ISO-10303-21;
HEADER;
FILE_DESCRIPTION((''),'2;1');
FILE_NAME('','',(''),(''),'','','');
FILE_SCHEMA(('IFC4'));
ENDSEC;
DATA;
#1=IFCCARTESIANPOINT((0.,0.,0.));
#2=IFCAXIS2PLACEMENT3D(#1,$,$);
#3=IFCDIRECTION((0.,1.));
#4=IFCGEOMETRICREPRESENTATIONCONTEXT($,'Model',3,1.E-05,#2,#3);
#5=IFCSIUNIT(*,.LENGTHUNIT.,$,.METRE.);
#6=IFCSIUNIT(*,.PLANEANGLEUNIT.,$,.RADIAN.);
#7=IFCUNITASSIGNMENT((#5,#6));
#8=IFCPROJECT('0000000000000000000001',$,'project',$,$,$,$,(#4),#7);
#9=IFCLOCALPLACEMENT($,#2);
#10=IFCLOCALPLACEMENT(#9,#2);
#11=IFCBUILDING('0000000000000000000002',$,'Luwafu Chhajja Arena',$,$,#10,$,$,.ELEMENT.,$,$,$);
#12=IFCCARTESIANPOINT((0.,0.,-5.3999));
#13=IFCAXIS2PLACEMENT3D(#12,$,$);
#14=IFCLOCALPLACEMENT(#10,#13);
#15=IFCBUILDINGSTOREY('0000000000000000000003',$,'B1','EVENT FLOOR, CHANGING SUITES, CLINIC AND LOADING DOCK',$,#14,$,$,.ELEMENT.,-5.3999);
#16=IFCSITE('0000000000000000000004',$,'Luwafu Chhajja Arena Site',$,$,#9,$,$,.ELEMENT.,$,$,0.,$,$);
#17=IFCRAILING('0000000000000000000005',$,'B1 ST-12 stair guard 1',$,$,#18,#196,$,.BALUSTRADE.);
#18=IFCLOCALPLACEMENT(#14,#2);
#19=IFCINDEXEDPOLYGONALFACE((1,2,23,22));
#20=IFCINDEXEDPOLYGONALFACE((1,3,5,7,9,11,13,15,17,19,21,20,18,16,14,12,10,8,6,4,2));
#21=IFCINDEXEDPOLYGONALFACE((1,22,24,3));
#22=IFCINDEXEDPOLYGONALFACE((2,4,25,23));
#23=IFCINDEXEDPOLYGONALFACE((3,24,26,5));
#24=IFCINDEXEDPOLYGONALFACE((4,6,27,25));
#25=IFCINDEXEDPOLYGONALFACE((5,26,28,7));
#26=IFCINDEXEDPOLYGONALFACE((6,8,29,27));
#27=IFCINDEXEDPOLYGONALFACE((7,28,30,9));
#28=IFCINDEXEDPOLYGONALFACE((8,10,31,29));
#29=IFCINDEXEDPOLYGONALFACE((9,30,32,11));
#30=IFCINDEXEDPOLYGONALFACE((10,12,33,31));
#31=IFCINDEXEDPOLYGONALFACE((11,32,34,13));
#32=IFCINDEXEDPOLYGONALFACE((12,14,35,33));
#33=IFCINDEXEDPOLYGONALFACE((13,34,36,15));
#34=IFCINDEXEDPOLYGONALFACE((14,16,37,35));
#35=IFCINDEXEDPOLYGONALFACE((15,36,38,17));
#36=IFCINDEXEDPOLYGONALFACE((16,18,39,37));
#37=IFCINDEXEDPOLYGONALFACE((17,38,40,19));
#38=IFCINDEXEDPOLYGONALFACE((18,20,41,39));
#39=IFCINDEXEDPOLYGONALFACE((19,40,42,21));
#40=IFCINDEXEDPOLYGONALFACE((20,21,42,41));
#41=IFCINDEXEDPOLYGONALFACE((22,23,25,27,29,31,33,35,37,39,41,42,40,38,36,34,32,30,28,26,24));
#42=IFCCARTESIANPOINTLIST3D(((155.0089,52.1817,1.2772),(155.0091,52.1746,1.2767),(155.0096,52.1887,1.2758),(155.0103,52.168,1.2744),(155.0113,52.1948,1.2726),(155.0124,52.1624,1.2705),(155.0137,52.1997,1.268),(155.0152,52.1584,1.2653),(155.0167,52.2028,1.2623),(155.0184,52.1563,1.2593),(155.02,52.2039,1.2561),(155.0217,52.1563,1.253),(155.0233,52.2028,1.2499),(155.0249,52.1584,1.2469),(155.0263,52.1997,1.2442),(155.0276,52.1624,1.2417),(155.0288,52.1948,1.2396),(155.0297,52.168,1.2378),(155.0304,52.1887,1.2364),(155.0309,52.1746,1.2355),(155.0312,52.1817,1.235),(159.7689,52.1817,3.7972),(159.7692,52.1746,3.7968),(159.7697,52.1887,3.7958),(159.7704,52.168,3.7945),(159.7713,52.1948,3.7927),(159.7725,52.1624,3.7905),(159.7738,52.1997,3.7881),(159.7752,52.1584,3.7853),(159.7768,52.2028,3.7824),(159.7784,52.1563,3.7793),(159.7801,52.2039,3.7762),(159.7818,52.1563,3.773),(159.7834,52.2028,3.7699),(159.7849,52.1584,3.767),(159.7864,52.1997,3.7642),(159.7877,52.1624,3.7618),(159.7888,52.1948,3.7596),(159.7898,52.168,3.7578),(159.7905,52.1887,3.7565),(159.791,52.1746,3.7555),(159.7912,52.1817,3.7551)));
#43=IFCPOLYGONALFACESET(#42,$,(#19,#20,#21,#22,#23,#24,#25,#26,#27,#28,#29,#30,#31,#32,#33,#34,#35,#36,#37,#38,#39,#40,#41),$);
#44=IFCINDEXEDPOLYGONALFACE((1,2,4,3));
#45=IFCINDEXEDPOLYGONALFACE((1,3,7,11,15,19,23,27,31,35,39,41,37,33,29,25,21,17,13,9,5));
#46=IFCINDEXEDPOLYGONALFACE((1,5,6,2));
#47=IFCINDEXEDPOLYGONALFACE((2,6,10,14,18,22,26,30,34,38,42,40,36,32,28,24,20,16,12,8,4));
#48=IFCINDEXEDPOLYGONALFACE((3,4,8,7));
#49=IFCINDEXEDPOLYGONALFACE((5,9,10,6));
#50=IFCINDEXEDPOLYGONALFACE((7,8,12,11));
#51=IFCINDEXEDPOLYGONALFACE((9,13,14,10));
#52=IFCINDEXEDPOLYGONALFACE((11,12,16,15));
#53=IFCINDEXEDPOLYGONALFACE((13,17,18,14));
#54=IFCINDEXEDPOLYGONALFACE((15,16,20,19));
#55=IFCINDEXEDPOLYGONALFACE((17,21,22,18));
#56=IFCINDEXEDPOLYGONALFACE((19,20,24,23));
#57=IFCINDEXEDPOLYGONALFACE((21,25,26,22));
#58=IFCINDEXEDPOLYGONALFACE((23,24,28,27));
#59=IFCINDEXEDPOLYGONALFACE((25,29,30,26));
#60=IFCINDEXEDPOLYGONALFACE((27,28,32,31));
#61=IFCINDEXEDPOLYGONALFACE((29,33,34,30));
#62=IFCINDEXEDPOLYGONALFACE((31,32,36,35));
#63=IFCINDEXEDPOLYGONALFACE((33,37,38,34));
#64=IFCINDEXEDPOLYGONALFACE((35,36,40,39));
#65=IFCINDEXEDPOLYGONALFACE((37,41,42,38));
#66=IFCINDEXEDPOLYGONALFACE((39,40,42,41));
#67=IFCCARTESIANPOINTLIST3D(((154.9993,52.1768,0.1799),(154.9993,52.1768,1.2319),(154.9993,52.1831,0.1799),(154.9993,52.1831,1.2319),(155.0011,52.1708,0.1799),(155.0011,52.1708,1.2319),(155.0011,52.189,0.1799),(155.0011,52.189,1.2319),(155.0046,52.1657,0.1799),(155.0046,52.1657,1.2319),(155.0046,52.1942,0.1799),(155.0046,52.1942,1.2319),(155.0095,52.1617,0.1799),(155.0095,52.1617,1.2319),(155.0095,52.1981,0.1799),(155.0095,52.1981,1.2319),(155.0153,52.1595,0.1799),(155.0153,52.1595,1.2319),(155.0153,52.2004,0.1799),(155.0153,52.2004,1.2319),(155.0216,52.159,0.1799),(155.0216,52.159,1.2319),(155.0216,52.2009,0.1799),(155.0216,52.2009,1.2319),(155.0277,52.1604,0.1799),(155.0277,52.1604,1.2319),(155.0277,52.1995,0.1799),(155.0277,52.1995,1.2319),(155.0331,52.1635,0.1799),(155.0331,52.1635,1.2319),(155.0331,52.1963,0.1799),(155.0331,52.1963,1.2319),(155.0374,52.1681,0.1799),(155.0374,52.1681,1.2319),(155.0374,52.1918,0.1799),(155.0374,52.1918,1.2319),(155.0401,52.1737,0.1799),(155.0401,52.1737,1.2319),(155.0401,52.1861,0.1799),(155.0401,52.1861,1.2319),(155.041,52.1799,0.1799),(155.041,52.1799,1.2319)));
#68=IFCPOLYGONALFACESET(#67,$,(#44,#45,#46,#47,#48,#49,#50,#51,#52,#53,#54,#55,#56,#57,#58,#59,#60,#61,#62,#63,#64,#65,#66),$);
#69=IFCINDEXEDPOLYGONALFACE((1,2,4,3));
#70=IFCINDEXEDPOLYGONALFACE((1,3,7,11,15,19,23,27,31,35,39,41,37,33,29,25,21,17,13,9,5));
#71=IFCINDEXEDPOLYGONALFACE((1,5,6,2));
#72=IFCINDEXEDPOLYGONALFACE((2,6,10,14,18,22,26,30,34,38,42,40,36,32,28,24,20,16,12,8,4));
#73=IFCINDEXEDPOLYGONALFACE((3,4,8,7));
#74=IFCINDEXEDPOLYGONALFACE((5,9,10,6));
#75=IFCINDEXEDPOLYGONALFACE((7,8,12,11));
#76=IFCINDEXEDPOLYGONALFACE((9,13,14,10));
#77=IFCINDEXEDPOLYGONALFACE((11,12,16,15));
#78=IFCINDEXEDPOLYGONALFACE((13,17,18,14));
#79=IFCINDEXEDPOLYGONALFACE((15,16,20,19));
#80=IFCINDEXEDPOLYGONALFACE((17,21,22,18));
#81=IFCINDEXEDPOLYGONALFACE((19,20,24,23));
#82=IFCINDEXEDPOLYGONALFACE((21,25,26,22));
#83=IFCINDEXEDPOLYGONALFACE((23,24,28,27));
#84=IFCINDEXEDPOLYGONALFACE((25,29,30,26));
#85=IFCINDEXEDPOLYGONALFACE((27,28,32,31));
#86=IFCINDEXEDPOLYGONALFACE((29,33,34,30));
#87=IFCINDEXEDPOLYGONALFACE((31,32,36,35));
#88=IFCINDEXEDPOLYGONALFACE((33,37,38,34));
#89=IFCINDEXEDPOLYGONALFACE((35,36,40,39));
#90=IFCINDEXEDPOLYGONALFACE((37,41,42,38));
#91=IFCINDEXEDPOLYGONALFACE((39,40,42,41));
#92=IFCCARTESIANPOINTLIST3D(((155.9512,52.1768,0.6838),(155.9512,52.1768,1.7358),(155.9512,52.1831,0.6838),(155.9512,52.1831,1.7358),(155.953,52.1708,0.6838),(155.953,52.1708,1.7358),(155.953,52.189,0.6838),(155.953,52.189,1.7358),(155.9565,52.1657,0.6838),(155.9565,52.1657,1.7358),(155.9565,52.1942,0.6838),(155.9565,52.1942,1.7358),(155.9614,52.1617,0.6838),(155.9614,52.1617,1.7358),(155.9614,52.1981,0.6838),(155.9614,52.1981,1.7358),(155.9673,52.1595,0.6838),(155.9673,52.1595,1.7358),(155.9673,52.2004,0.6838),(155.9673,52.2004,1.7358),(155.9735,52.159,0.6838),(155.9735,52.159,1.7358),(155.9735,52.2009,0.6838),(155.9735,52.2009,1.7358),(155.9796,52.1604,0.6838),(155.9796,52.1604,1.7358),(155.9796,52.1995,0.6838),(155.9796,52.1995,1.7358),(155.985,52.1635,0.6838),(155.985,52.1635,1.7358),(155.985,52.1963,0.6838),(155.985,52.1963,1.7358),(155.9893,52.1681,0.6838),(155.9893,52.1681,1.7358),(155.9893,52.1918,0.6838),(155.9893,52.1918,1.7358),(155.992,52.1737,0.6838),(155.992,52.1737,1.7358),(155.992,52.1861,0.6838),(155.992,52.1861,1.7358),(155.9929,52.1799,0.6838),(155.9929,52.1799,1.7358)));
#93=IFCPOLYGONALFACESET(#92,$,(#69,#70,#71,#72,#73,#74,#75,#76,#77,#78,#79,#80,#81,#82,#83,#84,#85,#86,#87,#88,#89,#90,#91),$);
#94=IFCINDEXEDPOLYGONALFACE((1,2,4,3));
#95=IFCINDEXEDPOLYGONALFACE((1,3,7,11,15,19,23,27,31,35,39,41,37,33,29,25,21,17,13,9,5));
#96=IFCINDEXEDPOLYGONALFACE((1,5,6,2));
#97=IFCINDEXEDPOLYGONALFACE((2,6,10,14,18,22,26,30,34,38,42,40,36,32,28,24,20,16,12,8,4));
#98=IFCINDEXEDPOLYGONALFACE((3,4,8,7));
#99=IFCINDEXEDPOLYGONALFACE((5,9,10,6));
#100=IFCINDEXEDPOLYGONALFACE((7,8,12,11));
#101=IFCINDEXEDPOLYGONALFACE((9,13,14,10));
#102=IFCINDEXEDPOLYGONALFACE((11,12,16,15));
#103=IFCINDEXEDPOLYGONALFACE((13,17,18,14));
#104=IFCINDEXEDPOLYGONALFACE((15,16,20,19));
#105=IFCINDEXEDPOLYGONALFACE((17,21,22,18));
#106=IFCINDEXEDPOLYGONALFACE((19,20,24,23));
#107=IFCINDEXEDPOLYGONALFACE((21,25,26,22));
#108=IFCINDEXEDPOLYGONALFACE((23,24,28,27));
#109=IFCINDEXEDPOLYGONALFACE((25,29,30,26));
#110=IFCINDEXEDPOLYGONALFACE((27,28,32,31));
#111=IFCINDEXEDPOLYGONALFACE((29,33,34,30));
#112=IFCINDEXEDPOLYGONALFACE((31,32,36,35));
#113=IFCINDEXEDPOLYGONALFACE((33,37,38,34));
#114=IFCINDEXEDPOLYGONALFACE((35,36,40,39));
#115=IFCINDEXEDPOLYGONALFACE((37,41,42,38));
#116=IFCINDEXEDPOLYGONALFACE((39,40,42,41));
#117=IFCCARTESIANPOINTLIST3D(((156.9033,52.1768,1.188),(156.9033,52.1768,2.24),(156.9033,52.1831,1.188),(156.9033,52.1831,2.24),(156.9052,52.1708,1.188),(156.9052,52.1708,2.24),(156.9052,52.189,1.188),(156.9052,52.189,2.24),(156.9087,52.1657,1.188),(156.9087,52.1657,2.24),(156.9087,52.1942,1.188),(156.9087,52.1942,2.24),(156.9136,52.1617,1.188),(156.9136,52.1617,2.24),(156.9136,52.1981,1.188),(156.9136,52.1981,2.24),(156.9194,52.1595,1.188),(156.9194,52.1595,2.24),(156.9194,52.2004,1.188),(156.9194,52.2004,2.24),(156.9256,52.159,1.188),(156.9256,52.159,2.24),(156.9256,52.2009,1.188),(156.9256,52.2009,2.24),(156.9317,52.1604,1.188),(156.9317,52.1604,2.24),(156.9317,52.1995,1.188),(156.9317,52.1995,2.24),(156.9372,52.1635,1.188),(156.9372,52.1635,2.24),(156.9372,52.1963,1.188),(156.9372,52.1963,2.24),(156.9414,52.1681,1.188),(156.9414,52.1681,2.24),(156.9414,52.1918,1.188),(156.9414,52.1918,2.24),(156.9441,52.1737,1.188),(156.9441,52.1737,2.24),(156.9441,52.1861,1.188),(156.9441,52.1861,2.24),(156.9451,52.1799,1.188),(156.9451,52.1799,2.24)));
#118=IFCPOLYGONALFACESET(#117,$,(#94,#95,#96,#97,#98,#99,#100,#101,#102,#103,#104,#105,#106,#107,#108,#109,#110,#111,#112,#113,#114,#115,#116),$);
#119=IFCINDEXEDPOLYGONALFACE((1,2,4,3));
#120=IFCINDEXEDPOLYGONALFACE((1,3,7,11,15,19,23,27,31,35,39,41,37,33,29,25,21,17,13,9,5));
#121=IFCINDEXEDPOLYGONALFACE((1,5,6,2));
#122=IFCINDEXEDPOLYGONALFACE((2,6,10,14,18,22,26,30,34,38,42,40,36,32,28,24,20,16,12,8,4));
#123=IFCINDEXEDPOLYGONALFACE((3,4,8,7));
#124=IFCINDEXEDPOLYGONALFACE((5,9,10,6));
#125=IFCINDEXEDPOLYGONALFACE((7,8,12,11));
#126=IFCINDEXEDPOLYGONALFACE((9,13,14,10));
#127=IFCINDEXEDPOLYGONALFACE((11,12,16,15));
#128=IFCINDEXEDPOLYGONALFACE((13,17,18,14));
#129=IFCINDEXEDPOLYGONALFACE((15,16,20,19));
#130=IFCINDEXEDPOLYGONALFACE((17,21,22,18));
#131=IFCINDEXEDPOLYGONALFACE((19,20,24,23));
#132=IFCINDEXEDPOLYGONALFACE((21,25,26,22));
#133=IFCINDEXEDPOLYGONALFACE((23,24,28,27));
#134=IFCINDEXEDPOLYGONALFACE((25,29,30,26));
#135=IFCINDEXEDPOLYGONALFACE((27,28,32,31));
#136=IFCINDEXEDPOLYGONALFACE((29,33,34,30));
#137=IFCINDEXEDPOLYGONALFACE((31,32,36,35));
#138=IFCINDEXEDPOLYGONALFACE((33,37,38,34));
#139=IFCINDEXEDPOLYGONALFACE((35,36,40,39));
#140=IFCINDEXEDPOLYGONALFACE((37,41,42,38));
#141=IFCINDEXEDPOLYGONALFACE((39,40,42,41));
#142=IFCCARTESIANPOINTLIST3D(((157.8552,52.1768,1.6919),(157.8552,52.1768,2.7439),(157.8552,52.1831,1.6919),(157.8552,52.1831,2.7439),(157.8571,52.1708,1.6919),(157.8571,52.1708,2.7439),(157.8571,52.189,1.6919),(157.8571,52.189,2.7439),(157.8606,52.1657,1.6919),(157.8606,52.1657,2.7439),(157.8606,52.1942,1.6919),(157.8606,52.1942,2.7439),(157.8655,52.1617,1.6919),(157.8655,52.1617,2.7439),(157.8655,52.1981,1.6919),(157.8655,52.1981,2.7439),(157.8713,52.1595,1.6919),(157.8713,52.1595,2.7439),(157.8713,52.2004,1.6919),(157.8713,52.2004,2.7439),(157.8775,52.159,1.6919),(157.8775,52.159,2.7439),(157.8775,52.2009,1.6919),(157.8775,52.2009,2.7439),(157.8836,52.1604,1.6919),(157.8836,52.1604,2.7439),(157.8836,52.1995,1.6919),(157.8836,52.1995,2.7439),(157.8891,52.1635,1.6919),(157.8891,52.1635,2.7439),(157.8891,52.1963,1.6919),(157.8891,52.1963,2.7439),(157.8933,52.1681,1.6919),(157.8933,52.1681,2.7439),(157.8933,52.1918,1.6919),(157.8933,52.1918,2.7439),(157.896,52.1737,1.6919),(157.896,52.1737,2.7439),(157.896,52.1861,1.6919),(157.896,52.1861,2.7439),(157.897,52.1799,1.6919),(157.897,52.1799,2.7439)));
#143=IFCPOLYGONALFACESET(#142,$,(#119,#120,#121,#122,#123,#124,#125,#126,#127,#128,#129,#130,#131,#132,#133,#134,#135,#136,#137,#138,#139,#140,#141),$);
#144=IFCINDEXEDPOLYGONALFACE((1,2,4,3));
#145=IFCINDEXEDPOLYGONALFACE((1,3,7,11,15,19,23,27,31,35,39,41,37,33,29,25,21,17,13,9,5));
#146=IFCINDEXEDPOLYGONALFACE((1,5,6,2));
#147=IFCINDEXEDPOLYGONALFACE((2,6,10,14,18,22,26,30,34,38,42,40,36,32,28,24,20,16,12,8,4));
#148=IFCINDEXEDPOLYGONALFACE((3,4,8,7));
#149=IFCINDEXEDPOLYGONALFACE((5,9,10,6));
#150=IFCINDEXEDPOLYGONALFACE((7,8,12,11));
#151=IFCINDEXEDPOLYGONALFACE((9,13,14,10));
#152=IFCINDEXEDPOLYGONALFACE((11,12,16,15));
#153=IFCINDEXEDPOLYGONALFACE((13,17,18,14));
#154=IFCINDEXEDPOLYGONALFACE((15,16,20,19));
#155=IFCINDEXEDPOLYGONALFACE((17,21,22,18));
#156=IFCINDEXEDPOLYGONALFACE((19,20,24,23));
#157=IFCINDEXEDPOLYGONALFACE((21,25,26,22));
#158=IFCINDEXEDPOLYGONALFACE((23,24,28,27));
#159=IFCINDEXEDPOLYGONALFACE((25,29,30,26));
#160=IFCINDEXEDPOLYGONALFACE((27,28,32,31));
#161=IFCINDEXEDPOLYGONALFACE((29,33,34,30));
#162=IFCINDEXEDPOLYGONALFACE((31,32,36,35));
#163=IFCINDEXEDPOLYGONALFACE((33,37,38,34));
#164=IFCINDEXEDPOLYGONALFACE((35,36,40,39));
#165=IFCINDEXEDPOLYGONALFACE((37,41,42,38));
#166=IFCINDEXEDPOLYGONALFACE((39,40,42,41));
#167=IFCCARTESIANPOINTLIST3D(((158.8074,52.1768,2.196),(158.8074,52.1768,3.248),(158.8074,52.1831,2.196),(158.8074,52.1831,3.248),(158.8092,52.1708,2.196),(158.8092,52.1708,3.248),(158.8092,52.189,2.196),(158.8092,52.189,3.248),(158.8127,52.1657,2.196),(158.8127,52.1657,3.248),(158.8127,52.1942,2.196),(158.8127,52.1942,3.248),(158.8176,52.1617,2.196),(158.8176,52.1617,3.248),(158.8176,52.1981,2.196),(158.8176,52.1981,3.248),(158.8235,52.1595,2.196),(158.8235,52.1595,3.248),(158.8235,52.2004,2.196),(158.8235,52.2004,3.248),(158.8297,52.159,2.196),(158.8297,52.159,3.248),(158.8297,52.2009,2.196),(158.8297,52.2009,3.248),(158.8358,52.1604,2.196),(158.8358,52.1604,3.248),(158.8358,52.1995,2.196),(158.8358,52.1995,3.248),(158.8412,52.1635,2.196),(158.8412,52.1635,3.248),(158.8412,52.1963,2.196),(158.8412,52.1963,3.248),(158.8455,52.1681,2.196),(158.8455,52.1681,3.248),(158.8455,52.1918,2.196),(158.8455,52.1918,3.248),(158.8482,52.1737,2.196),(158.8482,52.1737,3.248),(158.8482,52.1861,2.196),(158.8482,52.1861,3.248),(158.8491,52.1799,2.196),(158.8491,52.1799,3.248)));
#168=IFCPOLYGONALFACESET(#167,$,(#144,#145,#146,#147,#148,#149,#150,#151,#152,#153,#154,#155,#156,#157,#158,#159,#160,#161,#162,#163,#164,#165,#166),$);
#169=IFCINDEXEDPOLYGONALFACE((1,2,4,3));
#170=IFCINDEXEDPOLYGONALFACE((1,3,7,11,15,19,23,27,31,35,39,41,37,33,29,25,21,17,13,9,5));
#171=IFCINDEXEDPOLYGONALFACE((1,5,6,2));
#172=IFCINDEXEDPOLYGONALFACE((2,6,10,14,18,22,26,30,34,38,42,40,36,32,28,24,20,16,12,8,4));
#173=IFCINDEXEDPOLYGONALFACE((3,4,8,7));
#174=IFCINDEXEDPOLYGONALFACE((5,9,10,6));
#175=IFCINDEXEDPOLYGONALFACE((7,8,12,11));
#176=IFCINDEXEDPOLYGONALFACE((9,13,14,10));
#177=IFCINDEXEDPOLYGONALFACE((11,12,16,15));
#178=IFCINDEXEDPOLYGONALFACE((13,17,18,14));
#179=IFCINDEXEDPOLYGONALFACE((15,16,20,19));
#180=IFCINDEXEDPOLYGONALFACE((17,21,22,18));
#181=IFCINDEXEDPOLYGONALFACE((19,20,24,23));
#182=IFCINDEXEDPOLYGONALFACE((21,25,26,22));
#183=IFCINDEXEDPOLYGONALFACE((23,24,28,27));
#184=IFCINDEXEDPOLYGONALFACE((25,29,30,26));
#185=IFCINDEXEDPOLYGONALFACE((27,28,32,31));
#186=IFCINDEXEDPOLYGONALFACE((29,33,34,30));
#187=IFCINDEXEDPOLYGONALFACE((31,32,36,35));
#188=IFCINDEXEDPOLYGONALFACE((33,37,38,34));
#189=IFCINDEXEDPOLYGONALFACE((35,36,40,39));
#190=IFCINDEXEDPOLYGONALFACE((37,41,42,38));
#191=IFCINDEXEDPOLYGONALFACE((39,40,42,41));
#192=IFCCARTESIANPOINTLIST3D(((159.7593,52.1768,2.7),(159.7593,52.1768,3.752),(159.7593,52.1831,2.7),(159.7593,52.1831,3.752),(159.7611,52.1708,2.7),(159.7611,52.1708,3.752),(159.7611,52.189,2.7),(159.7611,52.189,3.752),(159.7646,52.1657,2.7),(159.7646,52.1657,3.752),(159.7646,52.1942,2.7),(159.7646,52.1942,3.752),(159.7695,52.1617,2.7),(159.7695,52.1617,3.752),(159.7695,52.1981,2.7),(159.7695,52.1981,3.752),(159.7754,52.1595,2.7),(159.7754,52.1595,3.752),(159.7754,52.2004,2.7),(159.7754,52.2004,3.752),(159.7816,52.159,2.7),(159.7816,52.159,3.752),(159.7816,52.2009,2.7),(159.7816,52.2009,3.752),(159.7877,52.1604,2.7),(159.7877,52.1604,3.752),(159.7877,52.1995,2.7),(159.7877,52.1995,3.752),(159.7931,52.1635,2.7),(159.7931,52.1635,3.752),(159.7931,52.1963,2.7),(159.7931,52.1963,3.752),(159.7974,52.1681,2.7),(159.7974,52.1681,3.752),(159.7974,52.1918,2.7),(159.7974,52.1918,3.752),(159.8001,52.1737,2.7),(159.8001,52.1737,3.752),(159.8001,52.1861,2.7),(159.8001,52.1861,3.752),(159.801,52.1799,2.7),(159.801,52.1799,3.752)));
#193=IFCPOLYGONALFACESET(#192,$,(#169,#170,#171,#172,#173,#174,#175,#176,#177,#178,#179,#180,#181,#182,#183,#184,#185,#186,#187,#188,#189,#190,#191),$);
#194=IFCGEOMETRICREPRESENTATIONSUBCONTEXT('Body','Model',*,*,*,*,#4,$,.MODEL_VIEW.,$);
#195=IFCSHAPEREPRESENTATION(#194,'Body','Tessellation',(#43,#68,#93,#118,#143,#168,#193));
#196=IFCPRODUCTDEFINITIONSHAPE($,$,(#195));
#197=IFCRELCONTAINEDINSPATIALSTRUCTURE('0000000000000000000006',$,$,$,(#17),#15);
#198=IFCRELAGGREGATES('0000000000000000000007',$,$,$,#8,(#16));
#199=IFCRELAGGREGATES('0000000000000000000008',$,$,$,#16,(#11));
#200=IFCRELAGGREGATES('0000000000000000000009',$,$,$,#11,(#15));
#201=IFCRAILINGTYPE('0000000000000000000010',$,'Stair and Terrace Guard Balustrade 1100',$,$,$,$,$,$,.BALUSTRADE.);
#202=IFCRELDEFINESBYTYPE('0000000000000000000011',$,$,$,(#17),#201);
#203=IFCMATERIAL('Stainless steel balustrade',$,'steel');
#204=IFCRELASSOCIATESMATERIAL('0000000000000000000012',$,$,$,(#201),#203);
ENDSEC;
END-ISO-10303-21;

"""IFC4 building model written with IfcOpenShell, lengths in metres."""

from ifc_helpers import new_model, si_unit, direction, frame, origin, origin_2d, place, context, subcontext, project, spatial, circle, extrude, material, type_object, element, save


model = new_model("IFC4")

# Units and contexts
model_context = context("Model", 3, precision=1e-05, world=origin(), true_north=direction((0.0, 1.0)))
body_context = subcontext(model_context, "Body", "Model", "MODEL_VIEW")
ifc_project = project(units=[si_unit("LENGTHUNIT", "METRE"), si_unit("PLANEANGLEUNIT", "RADIAN")], contexts=[model_context])

# Site, building, storey
site_placement = place(None, origin())
site = spatial("IfcSite", under=ifc_project, at=site_placement, Name="Luwafu Chhajja Arena Site", CompositionType="ELEMENT", RefElevation=0.0)
building_placement = place(site_placement, origin())
building = spatial("IfcBuilding", under=site, at=building_placement, Name="Luwafu Chhajja Arena", CompositionType="ELEMENT")
storey_placement = place(building_placement, frame((0.0, 0.0, -5.3999)))
storey = spatial("IfcBuildingStorey", under=building, at=storey_placement, Name="B1", Description="EVENT FLOOR, CHANGING SUITES, CLINIC AND LOADING DOCK", CompositionType="ELEMENT", Elevation=-5.3999)

# Railing
ifc_material_1 = material(Name="Stainless steel balustrade", Category="steel")
railing_type_1 = type_object("IfcRailingType", Name="Stair and Terrace Guard Balustrade 1100", PredefinedType="BALUSTRADE", material=ifc_material_1)
railing_1_placement = place(storey_placement, frame((155.02, 52.1799, 0.1799)))
element("IfcRailing", 1, at=railing_1_placement, inside=storey, type_object=railing_type_1, Name="B1 ST-12 stair guard 1", PredefinedType="BALUSTRADE", context=body_context, shape_type="SweptSolid", body=[
    extrude(circle(Radius=0.0239, at=origin_2d()), frame((0.0, 0.0, 1.0762), z_axis=(0.883787, 0.0, 0.46789), x_axis=(0.0, 1.0, 0.0)), (0.0, 0.0, 1.0), 5.386),
    extrude(circle(Radius=0.021, at=origin_2d()), origin(), (0.0, 0.0, 1.0), 1.052),
    extrude(circle(Radius=0.021, at=origin_2d()), frame((0.9519, 0.0, 0.5039)), (0.0, 0.0, 1.0), 1.052),
    extrude(circle(Radius=0.021, at=origin_2d()), frame((1.9041, 0.0, 1.0081)), (0.0, 0.0, 1.0), 1.052),
    extrude(circle(Radius=0.021, at=origin_2d()), frame((2.856, 0.0, 1.512)), (0.0, 0.0, 1.0), 1.052),
    extrude(circle(Radius=0.021, at=origin_2d()), frame((3.8081, 0.0, 2.0161)), (0.0, 0.0, 1.0), 1.052),
    extrude(circle(Radius=0.021, at=origin_2d()), frame((4.76, 0.0, 2.52)), (0.0, 0.0, 1.0), 1.052),
])

save(model, "model.ifc")
